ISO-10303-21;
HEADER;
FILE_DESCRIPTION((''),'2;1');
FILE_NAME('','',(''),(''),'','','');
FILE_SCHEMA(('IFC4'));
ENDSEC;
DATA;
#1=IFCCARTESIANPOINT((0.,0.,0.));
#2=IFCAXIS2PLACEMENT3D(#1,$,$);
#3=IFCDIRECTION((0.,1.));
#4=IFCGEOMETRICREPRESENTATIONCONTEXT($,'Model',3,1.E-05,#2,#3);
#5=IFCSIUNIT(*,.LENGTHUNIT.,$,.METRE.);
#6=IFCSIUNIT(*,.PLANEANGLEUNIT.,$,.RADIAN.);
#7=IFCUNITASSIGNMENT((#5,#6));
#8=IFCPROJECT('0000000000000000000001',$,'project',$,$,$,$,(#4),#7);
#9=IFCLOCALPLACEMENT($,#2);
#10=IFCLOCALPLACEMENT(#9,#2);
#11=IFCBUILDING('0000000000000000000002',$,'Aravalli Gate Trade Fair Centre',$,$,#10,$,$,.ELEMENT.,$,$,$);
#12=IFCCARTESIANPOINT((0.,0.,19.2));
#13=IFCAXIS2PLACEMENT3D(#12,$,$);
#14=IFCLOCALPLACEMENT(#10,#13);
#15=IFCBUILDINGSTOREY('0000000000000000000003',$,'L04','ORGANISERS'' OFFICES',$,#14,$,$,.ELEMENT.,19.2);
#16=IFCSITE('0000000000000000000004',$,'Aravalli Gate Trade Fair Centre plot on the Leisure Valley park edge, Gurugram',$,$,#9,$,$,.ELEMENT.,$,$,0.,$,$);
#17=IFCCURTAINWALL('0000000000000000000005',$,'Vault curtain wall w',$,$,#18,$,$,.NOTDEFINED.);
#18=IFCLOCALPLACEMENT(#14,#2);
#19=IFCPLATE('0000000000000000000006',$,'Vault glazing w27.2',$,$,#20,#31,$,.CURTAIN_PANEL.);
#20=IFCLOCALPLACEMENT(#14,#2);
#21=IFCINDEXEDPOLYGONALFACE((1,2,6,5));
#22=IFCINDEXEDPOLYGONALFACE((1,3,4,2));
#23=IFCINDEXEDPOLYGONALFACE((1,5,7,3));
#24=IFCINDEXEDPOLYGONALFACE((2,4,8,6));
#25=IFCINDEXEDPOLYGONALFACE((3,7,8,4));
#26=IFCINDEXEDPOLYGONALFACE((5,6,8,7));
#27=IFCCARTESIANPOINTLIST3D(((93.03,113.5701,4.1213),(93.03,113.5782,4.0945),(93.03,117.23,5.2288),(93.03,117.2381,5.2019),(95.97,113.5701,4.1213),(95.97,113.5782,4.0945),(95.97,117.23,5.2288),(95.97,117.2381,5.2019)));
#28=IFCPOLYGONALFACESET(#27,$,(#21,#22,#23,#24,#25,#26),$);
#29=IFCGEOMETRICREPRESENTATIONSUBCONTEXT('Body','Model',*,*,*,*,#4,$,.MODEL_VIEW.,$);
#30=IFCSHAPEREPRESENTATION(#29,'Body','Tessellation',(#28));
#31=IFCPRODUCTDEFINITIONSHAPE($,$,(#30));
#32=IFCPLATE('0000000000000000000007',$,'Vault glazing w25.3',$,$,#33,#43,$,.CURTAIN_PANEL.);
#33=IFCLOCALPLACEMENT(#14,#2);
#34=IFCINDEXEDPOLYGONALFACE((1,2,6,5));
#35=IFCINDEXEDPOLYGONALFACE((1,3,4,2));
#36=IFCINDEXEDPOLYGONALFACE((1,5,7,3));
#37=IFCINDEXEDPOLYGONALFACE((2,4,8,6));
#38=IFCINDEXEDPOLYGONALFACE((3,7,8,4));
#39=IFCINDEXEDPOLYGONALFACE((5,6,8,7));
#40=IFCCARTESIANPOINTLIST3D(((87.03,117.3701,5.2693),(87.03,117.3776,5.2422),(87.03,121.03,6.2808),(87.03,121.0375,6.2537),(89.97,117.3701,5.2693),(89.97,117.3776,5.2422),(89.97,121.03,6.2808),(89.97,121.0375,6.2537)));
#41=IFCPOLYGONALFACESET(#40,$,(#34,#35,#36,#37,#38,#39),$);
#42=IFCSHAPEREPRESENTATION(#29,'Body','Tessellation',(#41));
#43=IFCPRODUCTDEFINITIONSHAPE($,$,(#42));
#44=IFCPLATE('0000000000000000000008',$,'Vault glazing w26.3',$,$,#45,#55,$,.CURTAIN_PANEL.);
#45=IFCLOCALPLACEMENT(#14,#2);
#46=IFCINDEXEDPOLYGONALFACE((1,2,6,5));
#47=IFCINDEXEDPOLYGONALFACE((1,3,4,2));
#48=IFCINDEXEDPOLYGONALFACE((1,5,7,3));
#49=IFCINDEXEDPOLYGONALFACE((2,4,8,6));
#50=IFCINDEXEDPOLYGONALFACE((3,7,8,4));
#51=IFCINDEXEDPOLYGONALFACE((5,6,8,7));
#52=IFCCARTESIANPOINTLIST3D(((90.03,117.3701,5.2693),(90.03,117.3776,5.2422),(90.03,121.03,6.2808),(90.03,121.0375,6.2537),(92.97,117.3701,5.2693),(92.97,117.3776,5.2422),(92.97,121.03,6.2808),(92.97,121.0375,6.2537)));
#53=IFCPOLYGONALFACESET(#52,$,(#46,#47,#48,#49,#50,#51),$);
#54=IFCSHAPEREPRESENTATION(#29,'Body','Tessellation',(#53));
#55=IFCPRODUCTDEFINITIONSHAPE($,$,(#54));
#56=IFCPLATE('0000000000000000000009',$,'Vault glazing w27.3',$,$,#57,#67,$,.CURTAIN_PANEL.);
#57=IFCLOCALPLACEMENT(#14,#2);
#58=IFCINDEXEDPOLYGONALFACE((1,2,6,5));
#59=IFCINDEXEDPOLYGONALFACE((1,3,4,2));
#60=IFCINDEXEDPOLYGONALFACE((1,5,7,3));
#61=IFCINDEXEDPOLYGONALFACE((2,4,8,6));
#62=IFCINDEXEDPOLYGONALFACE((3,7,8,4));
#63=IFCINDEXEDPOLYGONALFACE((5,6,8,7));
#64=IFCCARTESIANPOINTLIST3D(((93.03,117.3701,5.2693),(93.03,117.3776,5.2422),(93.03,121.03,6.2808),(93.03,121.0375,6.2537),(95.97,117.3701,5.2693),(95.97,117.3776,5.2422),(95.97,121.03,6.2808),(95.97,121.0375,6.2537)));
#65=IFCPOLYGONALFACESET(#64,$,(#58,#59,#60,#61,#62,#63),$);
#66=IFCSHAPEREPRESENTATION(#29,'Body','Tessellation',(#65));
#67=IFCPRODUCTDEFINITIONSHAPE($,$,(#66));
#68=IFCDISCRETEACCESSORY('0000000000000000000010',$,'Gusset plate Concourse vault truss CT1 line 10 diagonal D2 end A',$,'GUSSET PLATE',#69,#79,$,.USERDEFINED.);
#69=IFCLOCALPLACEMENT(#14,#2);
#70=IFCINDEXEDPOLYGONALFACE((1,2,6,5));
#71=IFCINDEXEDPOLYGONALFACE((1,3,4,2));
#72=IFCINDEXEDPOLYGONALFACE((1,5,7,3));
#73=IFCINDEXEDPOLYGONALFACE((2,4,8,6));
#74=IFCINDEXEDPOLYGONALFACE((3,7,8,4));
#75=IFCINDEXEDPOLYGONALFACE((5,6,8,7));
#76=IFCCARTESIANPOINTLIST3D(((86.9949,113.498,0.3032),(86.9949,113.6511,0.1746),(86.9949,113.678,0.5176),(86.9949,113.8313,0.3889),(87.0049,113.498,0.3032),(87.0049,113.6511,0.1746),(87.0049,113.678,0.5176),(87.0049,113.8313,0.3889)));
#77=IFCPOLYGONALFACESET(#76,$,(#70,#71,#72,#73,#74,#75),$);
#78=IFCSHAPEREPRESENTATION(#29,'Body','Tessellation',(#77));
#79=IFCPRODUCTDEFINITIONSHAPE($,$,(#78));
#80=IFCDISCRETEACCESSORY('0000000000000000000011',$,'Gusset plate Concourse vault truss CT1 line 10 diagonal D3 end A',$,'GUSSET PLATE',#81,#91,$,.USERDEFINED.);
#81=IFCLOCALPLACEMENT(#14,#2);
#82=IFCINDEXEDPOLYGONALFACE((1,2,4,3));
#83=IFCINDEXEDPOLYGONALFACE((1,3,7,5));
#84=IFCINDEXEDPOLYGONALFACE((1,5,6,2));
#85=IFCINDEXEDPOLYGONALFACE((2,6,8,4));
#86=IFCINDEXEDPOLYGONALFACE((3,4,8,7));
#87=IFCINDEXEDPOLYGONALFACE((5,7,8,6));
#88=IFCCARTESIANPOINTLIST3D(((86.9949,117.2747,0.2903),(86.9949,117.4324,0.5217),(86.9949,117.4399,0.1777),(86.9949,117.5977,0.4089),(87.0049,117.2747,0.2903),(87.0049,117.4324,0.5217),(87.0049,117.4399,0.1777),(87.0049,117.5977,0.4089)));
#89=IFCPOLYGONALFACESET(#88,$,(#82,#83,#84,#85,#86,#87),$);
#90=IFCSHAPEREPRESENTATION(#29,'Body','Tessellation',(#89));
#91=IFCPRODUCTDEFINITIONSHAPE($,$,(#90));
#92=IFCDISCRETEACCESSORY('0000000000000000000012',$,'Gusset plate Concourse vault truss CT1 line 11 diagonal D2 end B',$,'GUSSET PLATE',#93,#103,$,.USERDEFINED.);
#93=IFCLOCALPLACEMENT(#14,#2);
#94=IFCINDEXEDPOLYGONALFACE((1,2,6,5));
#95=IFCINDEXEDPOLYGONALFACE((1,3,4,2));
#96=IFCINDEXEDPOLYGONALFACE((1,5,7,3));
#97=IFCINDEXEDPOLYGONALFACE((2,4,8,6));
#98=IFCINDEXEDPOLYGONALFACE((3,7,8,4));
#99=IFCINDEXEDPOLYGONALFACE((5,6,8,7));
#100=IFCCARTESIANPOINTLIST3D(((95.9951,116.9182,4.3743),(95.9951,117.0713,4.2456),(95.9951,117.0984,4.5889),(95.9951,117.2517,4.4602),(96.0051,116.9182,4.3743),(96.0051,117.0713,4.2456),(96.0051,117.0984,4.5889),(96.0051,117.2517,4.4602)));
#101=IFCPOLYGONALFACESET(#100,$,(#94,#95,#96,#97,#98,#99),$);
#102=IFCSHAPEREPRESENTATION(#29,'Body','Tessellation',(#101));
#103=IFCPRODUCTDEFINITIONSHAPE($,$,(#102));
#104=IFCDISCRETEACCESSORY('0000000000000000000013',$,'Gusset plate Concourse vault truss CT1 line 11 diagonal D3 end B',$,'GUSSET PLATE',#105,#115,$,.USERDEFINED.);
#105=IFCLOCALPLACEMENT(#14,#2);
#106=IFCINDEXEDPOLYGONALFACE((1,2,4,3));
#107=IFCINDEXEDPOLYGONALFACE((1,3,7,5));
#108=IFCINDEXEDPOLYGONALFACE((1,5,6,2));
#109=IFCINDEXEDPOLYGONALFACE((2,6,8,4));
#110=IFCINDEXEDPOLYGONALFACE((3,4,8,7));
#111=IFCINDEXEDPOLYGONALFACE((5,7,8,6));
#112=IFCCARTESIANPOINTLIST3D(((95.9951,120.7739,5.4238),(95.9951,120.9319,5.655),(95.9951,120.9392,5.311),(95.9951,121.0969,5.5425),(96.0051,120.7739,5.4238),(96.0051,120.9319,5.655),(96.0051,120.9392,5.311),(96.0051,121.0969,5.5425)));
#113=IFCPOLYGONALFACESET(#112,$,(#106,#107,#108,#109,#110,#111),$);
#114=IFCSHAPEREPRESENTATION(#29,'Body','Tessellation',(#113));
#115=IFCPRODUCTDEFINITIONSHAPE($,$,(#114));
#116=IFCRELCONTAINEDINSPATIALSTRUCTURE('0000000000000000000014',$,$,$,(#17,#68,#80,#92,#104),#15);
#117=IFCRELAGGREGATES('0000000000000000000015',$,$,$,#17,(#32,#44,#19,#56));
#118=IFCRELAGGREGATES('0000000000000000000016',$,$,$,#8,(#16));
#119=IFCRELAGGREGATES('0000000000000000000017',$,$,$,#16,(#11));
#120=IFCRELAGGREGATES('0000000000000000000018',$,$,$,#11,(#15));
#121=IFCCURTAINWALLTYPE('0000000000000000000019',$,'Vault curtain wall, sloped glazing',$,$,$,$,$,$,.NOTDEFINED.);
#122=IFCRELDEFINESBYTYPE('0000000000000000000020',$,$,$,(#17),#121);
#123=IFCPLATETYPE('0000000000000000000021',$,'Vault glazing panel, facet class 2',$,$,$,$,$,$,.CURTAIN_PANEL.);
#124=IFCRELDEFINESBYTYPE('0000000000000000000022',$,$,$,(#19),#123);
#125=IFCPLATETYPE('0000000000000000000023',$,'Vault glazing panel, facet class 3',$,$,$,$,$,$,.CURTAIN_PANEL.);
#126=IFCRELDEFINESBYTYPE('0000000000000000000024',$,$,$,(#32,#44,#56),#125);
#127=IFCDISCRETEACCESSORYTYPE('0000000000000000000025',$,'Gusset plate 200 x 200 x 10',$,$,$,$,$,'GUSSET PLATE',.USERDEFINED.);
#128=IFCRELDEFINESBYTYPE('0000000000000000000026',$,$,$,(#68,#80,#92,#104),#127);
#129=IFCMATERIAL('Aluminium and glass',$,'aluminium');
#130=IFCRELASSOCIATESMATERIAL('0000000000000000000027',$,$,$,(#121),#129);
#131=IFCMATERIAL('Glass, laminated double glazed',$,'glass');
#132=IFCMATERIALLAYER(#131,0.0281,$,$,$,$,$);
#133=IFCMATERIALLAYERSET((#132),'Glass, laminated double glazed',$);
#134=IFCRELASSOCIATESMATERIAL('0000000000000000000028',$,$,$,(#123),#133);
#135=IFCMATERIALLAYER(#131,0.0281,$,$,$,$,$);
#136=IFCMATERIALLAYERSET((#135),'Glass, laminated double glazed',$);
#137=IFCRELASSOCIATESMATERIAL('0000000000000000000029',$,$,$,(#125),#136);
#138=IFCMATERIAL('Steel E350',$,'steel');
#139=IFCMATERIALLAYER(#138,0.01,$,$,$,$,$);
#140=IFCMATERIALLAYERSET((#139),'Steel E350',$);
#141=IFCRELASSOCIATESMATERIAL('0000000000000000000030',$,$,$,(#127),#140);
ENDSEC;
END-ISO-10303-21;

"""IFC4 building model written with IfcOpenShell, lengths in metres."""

from ifc_helpers import new_model, si_unit, direction, frame, origin, place, context, subcontext, project, spatial, polyline, outline, extrude, material, layer, layer_set, type_object, element, aggregate, save


model = new_model("IFC4")

# Units and contexts
model_context = context("Model", 3, precision=1e-05, world=origin(), true_north=direction((0.0, 1.0)))
body_context = subcontext(model_context, "Body", "Model", "MODEL_VIEW")
ifc_project = project(units=[si_unit("LENGTHUNIT", "METRE"), si_unit("PLANEANGLEUNIT", "RADIAN")], contexts=[model_context])

# Site, building, storey
site_placement = place(None, origin())
site = spatial("IfcSite", under=ifc_project, at=site_placement, Name="Aravalli Gate Trade Fair Centre plot on the Leisure Valley park edge, Gurugram", CompositionType="ELEMENT", RefElevation=0.0)
building_placement = place(site_placement, origin())
building = spatial("IfcBuilding", under=site, at=building_placement, Name="Aravalli Gate Trade Fair Centre", CompositionType="ELEMENT")
storey_placement = place(building_placement, frame((0.0, 0.0, 19.2)))
storey = spatial("IfcBuildingStorey", under=building, at=storey_placement, Name="L04", Description="ORGANISERS' OFFICES", CompositionType="ELEMENT", Elevation=19.2)

# Shared definitions
ifc_material_1 = material(Name="Steel E350", Category="steel")

# Curtain wall, plates
ifc_material_2 = material(Name="Aluminium and glass", Category="aluminium")
curtain_wall_type = type_object("IfcCurtainWallType", Name="Vault curtain wall, sloped glazing", PredefinedType="NOTDEFINED", material=ifc_material_2)
curtain_wall_placement = place(storey_placement, origin())
curtain_wall = element("IfcCurtainWall", 1, at=curtain_wall_placement, inside=storey, type_object=curtain_wall_type, Name="Vault curtain wall w", PredefinedType="NOTDEFINED")
ifc_material_3 = material(Name="Glass, laminated double glazed", Category="glass")
ifc_layer_1 = layer(ifc_material_3, 0.0281)
ifc_layer_set_1 = layer_set([ifc_layer_1], Name="Glass, laminated double glazed")
plate_type_1 = type_object("IfcPlateType", Name="Vault glazing panel, facet class 2", PredefinedType="CURTAIN_PANEL", material=ifc_layer_set_1)
plate_1_placement = place(storey_placement, frame((93.03, 113.5701, 4.1213), z_axis=(0.0, -0.289614, 0.957144), x_axis=(1.0, 0.0, 0.0)))
plate_1 = element("IfcPlate", 2, at=plate_1_placement, type_object=plate_type_1, Name="Vault glazing w27.2", PredefinedType="CURTAIN_PANEL", context=body_context, shape_type="SweptSolid", body=[
    extrude(outline(polyline([(0.0, 0.0), (2.9399, 0.0), (2.9399, 3.8238), (0.0, 3.8238), (0.0, 0.0)])), origin(), (0.0, 0.0, -1.0), 0.0281),
])
ifc_layer_2 = layer(ifc_material_3, 0.0281)
ifc_layer_set_2 = layer_set([ifc_layer_2], Name="Glass, laminated double glazed")
plate_type_2 = type_object("IfcPlateType", Name="Vault glazing panel, facet class 3", PredefinedType="CURTAIN_PANEL", material=ifc_layer_set_2)
plate_2_placement = place(storey_placement, frame((87.03, 117.3701, 5.2693), z_axis=(0.0, -0.26638, 0.963868), x_axis=(1.0, 0.0, 0.0)))
plate_2 = element("IfcPlate", 3, at=plate_2_placement, type_object=plate_type_2, Name="Vault glazing w25.3", PredefinedType="CURTAIN_PANEL", context=body_context, shape_type="SweptSolid", body=[
    extrude(outline(polyline([(0.0, 0.0), (2.9399, 0.0), (2.9399, 3.7971), (0.0, 3.7971), (0.0, 0.0)])), origin(), (0.0, 0.0, -1.0), 0.0281),
])
plate_3_placement = place(storey_placement, frame((90.03, 117.3701, 5.2693), z_axis=(0.0, -0.26638, 0.963868), x_axis=(1.0, 0.0, 0.0)))
plate_3 = element("IfcPlate", 4, at=plate_3_placement, type_object=plate_type_2, Name="Vault glazing w26.3", PredefinedType="CURTAIN_PANEL", context=body_context, shape_type="SweptSolid", body=[
    extrude(outline(polyline([(0.0, 0.0), (2.9399, 0.0), (2.9399, 3.7971), (0.0, 3.7971), (0.0, 0.0)])), origin(), (0.0, 0.0, -1.0), 0.0281),
])
plate_4_placement = place(storey_placement, frame((93.03, 117.3701, 5.2693), z_axis=(0.0, -0.26638, 0.963868), x_axis=(1.0, 0.0, 0.0)))
plate_4 = element("IfcPlate", 5, at=plate_4_placement, type_object=plate_type_2, Name="Vault glazing w27.3", PredefinedType="CURTAIN_PANEL", context=body_context, shape_type="SweptSolid", body=[
    extrude(outline(polyline([(0.0, 0.0), (2.9399, 0.0), (2.9399, 3.7971), (0.0, 3.7971), (0.0, 0.0)])), origin(), (0.0, 0.0, -1.0), 0.0281),
])
aggregate(curtain_wall, [plate_2, plate_3, plate_1, plate_4])

# Discrete accessories
ifc_layer_3 = layer(ifc_material_1, 0.01)
ifc_layer_set_3 = layer_set([ifc_layer_3], Name="Steel E350")
discrete_accessory_type = type_object("IfcDiscreteAccessoryType", Name="Gusset plate 200 x 200 x 10", ElementType="GUSSET PLATE", PredefinedType="USERDEFINED", material=ifc_layer_set_3)
discrete_accessory_1_placement = place(storey_placement, frame((87.0049, 113.678, 0.5176), z_axis=(1.0, 0.0, 0.0), x_axis=(0.0, -0.642926, -0.765928)))
element("IfcDiscreteAccessory", 6, at=discrete_accessory_1_placement, inside=storey, type_object=discrete_accessory_type, Name="Gusset plate Concourse vault truss CT1 line 10 diagonal D2 end A", ObjectType="GUSSET PLATE", PredefinedType="USERDEFINED", context=body_context, shape_type="SweptSolid", body=[
    extrude(outline(polyline([(0.0, 0.0), (0.2799, 0.0), (0.28, 0.2), (0.0, 0.2002), (0.0, 0.0)])), origin(), (0.0, 0.0, -1.0), 0.01),
])
discrete_accessory_2_placement = place(storey_placement, frame((87.0049, 117.4324, 0.5217), z_axis=(1.0, 0.0, 0.0), x_axis=(0.0, -0.56312, -0.826375)))
element("IfcDiscreteAccessory", 7, at=discrete_accessory_2_placement, inside=storey, type_object=discrete_accessory_type, Name="Gusset plate Concourse vault truss CT1 line 10 diagonal D3 end A", ObjectType="GUSSET PLATE", PredefinedType="USERDEFINED", context=body_context, shape_type="SweptSolid", body=[
    extrude(outline(polyline([(0.0, 0.0), (0.2801, 0.0), (0.28, 0.2), (0.0001, 0.2001), (0.0, 0.0)])), origin(), (0.0, 0.0, -1.0), 0.01),
])
discrete_accessory_3_placement = place(storey_placement, frame((95.9951, 116.9182, 4.3743), z_axis=(-1.0, 0.0, 0.0), x_axis=(0.0, 0.643008, 0.765859)))
element("IfcDiscreteAccessory", 8, at=discrete_accessory_3_placement, inside=storey, type_object=discrete_accessory_type, Name="Gusset plate Concourse vault truss CT1 line 11 diagonal D2 end B", ObjectType="GUSSET PLATE", PredefinedType="USERDEFINED", context=body_context, shape_type="SweptSolid", body=[
    extrude(outline(polyline([(0.0, 0.0), (0.2802, 0.0), (0.2803, 0.2002), (-0.0001, 0.2), (0.0, 0.0)])), origin(), (0.0, 0.0, -1.0), 0.01),
])
discrete_accessory_4_placement = place(storey_placement, frame((95.9951, 120.7739, 5.4238), z_axis=(-1.0, 0.0, 0.0), x_axis=(0.0, 0.564121, 0.825692)))
element("IfcDiscreteAccessory", 9, at=discrete_accessory_4_placement, inside=storey, type_object=discrete_accessory_type, Name="Gusset plate Concourse vault truss CT1 line 11 diagonal D3 end B", ObjectType="GUSSET PLATE", PredefinedType="USERDEFINED", context=body_context, shape_type="SweptSolid", body=[
    extrude(outline(polyline([(0.0, 0.0), (0.28, 0.0), (0.2802, 0.1998), (0.0001, 0.2001), (0.0, 0.0)])), origin(), (0.0, 0.0, -1.0), 0.01),
])

save(model, "model.ifc")
